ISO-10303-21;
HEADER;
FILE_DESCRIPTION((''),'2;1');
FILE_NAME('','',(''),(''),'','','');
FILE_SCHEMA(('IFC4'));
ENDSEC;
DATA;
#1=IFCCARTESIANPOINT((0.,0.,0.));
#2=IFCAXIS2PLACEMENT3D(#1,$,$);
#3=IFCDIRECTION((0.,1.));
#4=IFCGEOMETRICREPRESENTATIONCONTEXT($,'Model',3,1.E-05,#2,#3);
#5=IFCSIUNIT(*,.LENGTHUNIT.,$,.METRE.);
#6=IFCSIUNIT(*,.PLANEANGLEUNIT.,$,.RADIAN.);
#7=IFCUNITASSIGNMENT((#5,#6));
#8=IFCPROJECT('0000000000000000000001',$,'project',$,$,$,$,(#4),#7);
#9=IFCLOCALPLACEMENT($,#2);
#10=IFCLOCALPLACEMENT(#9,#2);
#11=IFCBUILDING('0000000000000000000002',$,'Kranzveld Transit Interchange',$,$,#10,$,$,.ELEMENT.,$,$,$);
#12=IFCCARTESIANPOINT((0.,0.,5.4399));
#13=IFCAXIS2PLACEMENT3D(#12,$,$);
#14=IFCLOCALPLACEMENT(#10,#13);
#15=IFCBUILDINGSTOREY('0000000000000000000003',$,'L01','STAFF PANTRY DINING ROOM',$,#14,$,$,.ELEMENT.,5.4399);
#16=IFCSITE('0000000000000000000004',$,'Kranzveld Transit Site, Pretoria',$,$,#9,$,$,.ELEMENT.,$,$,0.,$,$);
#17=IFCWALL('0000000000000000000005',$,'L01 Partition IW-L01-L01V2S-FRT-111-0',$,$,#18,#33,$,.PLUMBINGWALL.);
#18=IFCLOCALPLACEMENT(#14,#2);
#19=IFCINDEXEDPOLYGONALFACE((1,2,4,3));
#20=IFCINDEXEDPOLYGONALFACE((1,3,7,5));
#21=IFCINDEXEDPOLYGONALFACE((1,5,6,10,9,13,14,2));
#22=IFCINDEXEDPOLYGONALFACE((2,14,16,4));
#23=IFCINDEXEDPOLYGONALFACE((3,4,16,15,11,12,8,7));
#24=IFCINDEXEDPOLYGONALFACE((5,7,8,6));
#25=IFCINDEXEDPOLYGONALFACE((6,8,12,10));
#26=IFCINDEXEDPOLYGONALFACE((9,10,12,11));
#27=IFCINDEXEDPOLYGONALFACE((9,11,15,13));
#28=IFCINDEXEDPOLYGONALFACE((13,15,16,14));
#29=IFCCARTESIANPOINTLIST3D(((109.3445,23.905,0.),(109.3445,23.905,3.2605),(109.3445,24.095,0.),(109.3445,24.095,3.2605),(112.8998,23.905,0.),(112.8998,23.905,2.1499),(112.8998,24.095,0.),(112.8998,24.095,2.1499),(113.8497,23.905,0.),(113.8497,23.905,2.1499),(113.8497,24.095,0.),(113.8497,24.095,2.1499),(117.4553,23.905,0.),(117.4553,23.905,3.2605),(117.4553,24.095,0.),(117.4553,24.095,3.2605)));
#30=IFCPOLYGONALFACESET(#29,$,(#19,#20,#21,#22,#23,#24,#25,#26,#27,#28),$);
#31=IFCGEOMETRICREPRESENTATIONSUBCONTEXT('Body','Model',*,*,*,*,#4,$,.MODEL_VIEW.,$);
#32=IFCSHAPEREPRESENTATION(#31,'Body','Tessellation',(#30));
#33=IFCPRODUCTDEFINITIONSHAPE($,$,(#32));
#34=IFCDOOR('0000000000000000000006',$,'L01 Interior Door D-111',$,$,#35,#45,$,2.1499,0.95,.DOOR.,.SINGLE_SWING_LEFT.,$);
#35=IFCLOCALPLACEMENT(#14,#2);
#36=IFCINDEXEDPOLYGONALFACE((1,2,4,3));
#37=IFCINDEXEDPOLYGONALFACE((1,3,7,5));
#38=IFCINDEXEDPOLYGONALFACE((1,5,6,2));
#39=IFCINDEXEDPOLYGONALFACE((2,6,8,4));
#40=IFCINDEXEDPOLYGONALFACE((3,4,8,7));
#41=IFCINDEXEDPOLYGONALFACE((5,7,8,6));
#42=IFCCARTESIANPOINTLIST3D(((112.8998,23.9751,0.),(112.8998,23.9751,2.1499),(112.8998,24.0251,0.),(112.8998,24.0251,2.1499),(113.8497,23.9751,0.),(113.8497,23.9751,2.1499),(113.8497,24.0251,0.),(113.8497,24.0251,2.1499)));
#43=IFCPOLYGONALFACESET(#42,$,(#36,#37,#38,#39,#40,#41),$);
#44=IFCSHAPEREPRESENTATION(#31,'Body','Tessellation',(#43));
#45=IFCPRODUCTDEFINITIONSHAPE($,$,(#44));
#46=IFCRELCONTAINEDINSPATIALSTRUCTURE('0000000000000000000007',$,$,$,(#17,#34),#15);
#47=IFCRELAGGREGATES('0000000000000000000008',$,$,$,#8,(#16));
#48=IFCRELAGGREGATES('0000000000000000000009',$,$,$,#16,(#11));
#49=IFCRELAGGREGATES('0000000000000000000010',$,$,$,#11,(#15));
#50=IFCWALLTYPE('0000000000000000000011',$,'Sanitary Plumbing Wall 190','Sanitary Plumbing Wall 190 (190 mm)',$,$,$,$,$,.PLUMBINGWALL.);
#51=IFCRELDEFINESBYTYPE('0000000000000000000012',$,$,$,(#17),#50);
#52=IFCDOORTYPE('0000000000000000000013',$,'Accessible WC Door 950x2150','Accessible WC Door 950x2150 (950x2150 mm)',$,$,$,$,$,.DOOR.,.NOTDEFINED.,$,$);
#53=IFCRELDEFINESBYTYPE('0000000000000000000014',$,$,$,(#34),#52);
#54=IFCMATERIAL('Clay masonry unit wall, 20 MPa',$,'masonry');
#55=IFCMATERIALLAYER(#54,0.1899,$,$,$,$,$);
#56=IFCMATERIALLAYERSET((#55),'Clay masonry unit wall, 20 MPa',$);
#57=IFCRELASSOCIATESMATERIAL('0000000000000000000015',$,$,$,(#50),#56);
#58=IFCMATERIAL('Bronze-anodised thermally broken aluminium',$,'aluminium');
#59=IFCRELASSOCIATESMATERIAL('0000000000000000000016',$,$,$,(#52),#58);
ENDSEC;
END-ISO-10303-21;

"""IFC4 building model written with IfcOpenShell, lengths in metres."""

from ifc_helpers import new_model, si_unit, direction, frame, frame_2d, origin, place, context, subcontext, project, spatial, rectangle, extrude, material, layer, layer_set, type_object, element, fill, save


model = new_model("IFC4")

# Units and contexts
model_context = context("Model", 3, precision=1e-05, world=origin(), true_north=direction((0.0, 1.0)))
body_context = subcontext(model_context, "Body", "Model", "MODEL_VIEW")
ifc_project = project(units=[si_unit("LENGTHUNIT", "METRE"), si_unit("PLANEANGLEUNIT", "RADIAN")], contexts=[model_context])

# Site, building, storey
site_placement = place(None, origin())
site = spatial("IfcSite", under=ifc_project, at=site_placement, Name="Kranzveld Transit Site, Pretoria", CompositionType="ELEMENT", RefElevation=0.0)
building_placement = place(site_placement, origin())
building = spatial("IfcBuilding", under=site, at=building_placement, Name="Kranzveld Transit Interchange", CompositionType="ELEMENT")
storey_placement = place(building_placement, frame((0.0, 0.0, 5.4399)))
storey = spatial("IfcBuildingStorey", under=building, at=storey_placement, Name="L01", Description="STAFF PANTRY DINING ROOM", CompositionType="ELEMENT", Elevation=5.4399)

# Wall, opening, door
ifc_material_1 = material(Name="Clay masonry unit wall, 20 MPa", Category="masonry")
ifc_layer_1 = layer(ifc_material_1, 0.1899)
ifc_layer_set_1 = layer_set([ifc_layer_1], Name="Clay masonry unit wall, 20 MPa")
wall_type_1 = type_object("IfcWallType", Name="Sanitary Plumbing Wall 190", Description="Sanitary Plumbing Wall 190 (190 mm)", PredefinedType="PLUMBINGWALL", material=ifc_layer_set_1)
wall_placement = place(storey_placement, frame((109.3445, 24.0, 0.0), z_axis=(0.0, 0.0, 1.0), x_axis=(1.0, 0.0, 0.0)))
wall = element("IfcWall", 1, at=wall_placement, inside=storey, type_object=wall_type_1, Name="L01 Partition IW-L01-L01V2S-FRT-111-0", PredefinedType="PLUMBINGWALL", context=body_context, shape_type="SweptSolid", body=[
    extrude(rectangle(XDim=8.1108, YDim=0.1899, at=frame_2d((4.0554, 0.0))), origin(), (0.0, 0.0, 1.0), 3.2605),
])
opening_placement = place(wall_placement, frame((4.5054, 0.0, 0.0), z_axis=(0.0, 0.0, 1.0), x_axis=(-1.0, 0.0, 0.0)))
opening = element("IfcOpeningElement", 2, at=opening_placement, cuts=wall, PredefinedType="OPENING", context=body_context, shape_type="SweptSolid", body=[
    extrude(rectangle(XDim=0.95, YDim=2.1499, at=frame_2d((0.4751, 1.075))), frame((0.0, 0.105, 0.0), z_axis=(0.0, -1.0, 0.0), x_axis=(1.0, 0.0, 0.0)), (0.0, 0.0, 1.0), 0.21),
])
ifc_material_2 = material(Name="Bronze-anodised thermally broken aluminium", Category="aluminium")
door_type = type_object("IfcDoorType", Name="Accessible WC Door 950x2150", Description="Accessible WC Door 950x2150 (950x2150 mm)", OperationType="NOTDEFINED", PredefinedType="DOOR", material=ifc_material_2)
door_placement = place(opening_placement, origin())
door = element("IfcDoor", 3, at=door_placement, inside=storey, type_object=door_type, Name="L01 Interior Door D-111", OperationType="SINGLE_SWING_LEFT", OverallHeight=2.1499, OverallWidth=0.95, PredefinedType="DOOR", context=body_context, shape_type="SweptSolid", body=[
    extrude(rectangle(XDim=0.95, YDim=2.1499, at=frame_2d((0.4751, 1.075))), frame((0.0, 0.0249, 0.0), z_axis=(0.0, -1.0, 0.0), x_axis=(1.0, 0.0, 0.0)), (0.0, 0.0, 1.0), 0.05),
])
fill(opening, door)

save(model, "model.ifc")
